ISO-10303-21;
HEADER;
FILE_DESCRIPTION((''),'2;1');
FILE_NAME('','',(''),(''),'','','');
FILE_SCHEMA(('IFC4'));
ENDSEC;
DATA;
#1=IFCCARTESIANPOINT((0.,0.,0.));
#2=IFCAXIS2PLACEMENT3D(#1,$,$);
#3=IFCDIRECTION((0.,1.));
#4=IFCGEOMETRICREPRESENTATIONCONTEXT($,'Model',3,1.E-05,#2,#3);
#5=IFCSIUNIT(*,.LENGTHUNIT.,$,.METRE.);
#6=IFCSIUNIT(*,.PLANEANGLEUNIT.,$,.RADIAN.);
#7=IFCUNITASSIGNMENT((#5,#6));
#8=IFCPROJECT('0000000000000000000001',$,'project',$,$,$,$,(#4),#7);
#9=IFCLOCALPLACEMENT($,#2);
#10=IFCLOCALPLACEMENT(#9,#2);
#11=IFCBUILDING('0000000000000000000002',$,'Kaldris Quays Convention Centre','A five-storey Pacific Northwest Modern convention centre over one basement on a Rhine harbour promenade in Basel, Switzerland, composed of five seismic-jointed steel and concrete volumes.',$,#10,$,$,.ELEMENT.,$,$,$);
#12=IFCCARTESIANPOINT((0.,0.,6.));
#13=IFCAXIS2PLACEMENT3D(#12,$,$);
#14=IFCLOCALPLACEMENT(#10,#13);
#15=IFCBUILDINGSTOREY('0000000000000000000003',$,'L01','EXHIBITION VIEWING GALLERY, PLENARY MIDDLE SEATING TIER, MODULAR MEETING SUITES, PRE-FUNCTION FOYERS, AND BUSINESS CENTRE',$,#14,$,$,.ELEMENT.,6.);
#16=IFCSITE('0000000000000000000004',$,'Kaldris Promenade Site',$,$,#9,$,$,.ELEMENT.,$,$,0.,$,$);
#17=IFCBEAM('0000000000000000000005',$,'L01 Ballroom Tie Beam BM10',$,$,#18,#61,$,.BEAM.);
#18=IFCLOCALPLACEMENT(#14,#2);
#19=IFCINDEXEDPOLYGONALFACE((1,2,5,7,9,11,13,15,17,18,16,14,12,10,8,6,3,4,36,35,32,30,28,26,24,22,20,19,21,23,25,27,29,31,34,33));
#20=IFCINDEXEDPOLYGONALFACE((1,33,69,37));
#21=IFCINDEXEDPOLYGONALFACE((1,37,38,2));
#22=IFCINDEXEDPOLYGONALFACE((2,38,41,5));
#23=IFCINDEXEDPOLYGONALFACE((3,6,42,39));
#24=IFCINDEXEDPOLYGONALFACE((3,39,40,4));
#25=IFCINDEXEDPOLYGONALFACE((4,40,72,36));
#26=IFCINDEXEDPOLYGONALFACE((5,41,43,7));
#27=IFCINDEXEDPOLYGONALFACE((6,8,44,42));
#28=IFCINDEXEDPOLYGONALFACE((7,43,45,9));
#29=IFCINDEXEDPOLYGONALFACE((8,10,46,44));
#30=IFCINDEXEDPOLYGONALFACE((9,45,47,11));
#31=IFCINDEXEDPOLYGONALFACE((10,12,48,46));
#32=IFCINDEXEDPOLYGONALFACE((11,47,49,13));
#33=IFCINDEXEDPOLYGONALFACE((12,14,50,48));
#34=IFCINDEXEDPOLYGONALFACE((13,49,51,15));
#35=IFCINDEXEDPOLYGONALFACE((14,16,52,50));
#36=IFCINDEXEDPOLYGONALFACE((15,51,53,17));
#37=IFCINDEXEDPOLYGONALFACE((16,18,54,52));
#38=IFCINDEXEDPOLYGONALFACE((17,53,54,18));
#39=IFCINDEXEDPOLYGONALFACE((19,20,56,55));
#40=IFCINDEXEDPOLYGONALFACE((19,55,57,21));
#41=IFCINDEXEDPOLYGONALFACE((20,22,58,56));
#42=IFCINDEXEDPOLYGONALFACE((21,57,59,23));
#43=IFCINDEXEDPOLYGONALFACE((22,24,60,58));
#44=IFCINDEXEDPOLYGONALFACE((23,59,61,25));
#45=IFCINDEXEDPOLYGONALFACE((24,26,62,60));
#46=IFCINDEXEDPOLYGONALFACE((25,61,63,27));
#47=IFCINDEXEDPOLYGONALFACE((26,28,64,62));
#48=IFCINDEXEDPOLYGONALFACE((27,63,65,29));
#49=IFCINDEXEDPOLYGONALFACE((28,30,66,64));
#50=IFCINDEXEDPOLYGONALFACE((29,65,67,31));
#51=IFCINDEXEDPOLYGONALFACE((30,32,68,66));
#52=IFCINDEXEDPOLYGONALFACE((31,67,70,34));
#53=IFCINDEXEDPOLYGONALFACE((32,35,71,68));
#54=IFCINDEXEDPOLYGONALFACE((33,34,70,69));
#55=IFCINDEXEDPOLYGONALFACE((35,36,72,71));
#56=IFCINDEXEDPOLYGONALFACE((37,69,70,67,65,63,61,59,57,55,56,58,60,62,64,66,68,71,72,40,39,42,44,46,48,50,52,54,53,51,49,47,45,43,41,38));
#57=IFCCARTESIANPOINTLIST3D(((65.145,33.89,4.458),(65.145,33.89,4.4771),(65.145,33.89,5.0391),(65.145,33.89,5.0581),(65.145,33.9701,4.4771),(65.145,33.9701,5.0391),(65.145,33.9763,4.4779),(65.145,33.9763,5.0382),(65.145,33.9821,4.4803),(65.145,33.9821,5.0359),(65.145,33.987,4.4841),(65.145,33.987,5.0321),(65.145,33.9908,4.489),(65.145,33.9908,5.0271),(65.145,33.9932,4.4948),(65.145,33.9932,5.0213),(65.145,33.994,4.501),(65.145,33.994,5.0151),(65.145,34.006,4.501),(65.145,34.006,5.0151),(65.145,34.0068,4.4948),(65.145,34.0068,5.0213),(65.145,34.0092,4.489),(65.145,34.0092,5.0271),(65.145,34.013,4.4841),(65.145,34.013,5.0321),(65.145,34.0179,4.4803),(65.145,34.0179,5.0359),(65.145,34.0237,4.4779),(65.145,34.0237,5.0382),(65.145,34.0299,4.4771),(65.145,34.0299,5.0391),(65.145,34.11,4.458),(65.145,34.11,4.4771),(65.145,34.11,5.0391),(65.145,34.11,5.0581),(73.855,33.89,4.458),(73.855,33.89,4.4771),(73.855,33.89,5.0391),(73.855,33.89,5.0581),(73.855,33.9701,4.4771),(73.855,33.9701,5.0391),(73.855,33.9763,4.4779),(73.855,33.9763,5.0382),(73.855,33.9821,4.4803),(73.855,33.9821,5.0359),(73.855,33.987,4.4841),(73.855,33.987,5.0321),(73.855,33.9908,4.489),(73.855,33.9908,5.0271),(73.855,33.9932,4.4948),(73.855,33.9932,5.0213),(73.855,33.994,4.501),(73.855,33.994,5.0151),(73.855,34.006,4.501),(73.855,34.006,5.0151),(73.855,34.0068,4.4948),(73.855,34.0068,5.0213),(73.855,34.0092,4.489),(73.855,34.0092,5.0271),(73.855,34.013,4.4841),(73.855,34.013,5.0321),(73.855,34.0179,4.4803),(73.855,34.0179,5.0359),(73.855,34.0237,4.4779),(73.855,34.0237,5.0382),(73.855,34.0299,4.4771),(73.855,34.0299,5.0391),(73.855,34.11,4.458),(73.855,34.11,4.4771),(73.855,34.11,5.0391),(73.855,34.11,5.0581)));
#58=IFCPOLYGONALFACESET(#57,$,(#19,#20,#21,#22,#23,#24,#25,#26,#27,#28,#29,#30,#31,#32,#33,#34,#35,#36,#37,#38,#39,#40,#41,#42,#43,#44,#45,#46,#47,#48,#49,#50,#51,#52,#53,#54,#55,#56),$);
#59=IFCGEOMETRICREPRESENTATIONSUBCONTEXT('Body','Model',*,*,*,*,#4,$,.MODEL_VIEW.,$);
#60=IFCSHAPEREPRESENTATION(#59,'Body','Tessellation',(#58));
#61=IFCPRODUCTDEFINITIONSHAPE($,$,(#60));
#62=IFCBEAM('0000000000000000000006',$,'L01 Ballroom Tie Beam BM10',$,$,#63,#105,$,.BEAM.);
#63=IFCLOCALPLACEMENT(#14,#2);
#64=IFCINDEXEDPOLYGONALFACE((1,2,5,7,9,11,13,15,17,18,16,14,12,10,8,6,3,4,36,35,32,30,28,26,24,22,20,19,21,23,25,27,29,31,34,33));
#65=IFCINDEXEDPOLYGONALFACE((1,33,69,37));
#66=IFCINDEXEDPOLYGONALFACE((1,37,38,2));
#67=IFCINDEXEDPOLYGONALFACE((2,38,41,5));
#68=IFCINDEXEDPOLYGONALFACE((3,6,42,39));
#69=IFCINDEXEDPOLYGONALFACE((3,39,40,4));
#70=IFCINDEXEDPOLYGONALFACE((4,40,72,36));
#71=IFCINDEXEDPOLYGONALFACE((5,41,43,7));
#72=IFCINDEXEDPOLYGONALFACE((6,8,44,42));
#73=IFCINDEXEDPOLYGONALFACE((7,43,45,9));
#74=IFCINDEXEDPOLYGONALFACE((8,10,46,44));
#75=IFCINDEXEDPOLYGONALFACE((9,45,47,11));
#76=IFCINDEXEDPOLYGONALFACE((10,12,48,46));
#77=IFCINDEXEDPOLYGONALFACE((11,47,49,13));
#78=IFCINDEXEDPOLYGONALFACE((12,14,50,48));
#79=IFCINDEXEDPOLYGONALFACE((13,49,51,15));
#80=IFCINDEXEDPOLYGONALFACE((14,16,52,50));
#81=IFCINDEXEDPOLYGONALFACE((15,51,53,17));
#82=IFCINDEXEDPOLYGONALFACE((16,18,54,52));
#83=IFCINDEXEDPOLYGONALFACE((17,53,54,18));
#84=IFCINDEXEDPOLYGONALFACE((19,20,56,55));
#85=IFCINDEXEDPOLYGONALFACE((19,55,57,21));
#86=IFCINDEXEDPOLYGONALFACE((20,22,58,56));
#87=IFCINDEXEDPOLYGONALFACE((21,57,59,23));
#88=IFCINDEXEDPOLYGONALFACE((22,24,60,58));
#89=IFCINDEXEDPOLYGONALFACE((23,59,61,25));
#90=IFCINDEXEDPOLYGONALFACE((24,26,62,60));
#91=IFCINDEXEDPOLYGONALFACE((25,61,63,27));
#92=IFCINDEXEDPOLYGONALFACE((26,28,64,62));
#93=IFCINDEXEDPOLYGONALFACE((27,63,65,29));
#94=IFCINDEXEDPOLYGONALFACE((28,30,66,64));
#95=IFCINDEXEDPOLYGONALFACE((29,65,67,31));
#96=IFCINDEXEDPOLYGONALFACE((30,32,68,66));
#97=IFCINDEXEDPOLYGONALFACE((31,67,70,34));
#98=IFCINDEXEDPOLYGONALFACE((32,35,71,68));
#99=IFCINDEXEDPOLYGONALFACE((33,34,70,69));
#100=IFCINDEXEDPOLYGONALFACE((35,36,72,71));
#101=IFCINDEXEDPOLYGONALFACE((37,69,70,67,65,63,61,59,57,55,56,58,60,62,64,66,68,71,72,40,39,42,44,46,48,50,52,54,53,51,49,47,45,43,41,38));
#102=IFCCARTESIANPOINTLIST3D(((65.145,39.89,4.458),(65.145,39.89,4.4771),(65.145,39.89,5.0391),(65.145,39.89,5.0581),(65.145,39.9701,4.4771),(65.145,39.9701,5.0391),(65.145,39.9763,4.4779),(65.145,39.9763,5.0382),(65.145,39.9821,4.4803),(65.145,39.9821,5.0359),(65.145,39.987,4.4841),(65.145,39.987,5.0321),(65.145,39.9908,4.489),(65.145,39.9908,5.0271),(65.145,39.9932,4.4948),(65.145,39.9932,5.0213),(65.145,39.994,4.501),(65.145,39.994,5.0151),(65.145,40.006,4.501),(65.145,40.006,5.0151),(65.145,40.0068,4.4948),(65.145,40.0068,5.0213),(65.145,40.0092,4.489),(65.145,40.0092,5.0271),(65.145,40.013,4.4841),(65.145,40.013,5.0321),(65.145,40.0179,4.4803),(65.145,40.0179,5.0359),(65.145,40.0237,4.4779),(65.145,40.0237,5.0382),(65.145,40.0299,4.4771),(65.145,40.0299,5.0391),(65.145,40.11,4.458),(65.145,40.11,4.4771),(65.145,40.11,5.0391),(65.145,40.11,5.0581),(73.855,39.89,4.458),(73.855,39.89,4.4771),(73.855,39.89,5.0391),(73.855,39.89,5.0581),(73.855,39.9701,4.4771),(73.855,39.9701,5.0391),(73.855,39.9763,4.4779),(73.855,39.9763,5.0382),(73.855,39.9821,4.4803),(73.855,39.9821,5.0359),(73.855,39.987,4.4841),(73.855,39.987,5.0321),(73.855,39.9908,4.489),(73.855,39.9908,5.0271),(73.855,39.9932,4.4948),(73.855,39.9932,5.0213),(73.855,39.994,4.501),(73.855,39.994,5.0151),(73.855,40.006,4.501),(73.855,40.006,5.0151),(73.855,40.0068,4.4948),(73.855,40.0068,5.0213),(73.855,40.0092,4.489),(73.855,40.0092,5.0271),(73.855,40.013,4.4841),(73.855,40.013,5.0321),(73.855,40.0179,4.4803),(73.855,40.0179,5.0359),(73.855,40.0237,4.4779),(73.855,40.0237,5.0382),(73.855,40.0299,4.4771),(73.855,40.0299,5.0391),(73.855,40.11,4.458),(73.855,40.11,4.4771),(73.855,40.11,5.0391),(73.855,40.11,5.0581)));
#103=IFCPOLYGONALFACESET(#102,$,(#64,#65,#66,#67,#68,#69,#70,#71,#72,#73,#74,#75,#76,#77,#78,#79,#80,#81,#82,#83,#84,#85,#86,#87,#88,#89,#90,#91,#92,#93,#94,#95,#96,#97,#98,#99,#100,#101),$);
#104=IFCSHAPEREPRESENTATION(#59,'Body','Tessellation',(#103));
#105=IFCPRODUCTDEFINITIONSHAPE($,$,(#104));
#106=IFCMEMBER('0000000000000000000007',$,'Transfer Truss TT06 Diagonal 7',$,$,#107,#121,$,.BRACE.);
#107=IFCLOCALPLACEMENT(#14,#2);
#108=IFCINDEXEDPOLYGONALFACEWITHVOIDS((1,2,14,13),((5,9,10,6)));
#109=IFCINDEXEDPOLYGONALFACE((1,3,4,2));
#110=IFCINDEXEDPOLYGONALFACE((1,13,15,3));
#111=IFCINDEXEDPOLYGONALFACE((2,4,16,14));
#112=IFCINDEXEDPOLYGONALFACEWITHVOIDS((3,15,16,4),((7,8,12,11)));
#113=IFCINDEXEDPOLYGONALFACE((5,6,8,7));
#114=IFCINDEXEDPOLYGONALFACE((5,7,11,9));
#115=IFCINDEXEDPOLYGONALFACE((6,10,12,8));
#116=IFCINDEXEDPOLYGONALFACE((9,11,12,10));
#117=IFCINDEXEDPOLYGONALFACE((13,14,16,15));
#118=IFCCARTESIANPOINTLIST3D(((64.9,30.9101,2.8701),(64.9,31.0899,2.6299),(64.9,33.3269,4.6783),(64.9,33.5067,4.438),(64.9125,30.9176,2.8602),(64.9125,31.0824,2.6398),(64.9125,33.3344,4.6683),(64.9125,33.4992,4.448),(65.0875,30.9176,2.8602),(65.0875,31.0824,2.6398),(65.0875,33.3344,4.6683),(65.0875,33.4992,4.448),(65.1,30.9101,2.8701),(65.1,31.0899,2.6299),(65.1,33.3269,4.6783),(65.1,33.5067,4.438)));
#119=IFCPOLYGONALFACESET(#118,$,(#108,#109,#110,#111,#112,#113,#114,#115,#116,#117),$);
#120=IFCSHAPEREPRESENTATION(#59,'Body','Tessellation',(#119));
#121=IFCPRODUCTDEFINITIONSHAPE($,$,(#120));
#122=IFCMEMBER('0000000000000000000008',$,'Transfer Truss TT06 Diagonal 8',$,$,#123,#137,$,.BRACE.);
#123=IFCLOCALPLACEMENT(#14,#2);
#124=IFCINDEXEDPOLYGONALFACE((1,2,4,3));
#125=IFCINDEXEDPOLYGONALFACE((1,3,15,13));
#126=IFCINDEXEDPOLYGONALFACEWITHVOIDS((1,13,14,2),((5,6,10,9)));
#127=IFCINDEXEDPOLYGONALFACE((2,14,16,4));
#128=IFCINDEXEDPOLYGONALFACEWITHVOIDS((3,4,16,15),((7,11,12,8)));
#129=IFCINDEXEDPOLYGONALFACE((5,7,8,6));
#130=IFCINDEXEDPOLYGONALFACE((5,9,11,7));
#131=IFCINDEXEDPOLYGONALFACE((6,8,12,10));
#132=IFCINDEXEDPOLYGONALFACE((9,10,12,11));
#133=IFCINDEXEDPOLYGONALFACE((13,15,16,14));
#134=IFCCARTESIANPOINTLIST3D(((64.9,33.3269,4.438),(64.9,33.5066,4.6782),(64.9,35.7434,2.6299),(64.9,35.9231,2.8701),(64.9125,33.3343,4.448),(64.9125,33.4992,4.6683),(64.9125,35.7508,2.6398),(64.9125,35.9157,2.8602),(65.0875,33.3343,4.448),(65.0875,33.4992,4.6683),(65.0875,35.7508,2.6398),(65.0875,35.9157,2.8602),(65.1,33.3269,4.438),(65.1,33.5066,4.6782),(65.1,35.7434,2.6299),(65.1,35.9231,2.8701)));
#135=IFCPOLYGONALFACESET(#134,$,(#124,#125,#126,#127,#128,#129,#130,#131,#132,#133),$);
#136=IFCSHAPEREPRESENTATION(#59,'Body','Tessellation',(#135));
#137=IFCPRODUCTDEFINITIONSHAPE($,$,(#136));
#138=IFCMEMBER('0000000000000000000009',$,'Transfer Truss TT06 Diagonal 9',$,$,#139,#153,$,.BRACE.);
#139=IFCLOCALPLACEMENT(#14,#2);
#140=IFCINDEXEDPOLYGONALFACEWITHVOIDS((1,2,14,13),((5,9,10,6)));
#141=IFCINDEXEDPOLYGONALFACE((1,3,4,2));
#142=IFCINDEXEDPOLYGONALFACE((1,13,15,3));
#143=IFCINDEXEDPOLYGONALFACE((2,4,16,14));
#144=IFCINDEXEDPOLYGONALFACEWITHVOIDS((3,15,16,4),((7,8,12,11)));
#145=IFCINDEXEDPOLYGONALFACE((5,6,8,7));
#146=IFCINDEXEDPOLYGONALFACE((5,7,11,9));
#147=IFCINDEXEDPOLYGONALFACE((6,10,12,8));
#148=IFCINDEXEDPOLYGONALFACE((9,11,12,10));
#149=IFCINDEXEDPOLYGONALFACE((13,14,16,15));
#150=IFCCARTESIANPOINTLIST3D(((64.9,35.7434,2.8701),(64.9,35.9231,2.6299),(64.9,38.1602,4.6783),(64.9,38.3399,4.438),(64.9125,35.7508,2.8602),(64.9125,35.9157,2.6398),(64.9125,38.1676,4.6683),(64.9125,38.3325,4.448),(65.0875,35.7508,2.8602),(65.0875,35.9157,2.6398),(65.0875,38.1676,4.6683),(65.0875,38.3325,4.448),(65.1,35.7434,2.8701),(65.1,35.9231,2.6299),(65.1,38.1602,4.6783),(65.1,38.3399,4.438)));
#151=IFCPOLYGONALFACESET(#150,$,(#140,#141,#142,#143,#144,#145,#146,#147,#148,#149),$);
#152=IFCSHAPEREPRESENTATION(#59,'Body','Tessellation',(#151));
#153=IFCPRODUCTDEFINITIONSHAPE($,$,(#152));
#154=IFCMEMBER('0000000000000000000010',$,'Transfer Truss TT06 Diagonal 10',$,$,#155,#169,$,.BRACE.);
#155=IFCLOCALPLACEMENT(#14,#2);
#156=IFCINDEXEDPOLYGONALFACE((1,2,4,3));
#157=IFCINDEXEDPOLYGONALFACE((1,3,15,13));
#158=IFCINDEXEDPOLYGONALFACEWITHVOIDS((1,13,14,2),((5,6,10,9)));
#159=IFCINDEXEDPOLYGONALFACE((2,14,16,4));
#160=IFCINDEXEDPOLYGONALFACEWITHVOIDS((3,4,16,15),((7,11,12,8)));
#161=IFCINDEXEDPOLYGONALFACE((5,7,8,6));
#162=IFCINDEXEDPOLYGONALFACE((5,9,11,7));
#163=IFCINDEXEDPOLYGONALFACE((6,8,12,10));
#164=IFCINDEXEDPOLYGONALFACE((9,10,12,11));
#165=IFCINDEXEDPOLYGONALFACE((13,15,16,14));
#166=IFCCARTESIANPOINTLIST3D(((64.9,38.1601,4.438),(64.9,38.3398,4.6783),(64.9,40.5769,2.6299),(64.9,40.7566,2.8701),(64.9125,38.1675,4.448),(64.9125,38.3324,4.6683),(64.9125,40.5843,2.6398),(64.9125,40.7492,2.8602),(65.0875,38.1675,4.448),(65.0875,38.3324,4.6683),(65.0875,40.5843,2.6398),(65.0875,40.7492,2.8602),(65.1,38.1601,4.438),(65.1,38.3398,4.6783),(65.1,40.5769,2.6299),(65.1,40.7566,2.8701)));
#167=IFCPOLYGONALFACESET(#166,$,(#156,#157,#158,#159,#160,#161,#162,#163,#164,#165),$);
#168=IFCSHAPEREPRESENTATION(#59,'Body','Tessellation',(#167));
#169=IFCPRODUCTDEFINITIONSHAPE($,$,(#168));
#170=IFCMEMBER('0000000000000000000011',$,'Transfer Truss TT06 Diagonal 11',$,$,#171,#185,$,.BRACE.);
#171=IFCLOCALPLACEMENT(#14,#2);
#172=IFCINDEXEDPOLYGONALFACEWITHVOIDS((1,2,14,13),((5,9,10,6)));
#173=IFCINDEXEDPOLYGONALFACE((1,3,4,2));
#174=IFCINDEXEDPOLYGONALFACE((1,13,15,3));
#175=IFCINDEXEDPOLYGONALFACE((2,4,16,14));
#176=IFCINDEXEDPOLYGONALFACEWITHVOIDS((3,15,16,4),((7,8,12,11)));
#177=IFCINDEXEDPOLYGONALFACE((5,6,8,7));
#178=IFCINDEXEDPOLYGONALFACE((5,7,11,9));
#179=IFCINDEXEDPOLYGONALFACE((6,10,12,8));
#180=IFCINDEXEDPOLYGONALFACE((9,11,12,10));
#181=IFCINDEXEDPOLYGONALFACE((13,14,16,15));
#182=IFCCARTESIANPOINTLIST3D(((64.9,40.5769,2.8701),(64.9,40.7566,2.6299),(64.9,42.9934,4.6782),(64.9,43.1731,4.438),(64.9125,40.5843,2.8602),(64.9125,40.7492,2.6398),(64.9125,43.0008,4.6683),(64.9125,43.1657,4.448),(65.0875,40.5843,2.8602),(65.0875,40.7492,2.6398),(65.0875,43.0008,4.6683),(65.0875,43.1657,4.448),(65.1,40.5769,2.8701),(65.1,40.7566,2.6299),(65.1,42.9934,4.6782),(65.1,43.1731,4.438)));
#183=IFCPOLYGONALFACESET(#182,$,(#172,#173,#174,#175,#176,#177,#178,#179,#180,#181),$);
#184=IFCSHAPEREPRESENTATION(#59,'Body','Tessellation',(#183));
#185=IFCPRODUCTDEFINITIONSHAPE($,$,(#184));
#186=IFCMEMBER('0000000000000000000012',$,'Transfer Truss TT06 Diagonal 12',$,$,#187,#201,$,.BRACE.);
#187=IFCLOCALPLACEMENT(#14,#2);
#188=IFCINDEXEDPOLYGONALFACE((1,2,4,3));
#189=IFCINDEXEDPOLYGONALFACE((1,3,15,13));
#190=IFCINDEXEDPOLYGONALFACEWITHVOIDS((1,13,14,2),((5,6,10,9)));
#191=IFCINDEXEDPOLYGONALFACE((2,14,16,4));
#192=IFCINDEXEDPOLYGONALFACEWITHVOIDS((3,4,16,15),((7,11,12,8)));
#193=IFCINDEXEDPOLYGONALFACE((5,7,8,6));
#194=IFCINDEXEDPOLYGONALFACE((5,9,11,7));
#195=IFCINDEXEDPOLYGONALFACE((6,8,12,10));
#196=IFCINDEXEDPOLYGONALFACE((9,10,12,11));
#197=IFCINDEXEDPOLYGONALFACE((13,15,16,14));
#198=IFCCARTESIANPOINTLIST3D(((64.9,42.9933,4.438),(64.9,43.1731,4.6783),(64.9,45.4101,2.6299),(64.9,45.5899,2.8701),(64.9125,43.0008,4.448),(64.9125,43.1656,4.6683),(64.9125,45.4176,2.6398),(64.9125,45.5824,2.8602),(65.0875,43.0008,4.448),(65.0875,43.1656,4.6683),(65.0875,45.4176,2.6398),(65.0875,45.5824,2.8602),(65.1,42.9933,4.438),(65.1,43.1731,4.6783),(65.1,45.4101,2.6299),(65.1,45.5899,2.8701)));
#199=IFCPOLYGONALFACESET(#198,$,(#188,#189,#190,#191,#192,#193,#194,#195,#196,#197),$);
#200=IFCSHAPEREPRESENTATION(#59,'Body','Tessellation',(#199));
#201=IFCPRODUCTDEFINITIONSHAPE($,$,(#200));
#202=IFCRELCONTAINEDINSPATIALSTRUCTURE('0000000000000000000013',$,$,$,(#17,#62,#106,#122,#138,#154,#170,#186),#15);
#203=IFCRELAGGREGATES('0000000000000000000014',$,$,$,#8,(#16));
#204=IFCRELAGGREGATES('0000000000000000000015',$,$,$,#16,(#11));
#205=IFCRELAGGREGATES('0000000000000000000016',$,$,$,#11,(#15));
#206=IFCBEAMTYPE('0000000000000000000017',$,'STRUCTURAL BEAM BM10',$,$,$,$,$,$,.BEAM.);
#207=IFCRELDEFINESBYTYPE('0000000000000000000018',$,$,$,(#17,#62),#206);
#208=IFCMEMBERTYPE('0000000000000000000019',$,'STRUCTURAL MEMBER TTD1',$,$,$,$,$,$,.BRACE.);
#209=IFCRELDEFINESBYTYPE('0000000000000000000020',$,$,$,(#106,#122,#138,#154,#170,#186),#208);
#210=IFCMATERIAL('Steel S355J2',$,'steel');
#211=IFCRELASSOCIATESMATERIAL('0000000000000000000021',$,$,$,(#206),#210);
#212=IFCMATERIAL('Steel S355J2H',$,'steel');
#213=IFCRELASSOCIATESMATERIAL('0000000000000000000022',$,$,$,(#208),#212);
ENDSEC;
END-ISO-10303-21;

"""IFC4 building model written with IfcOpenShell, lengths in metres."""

from ifc_helpers import new_model, si_unit, direction, frame, origin, origin_2d, place, context, subcontext, project, spatial, hollow_rectangle, i_section, extrude, material, material_profile, profile_set, type_object, element, save


model = new_model("IFC4")

# Units and contexts
model_context = context("Model", 3, precision=1e-05, world=origin(), true_north=direction((0.0, 1.0)))
body_context = subcontext(model_context, "Body", "Model", "MODEL_VIEW")
ifc_project = project(units=[si_unit("LENGTHUNIT", "METRE"), si_unit("PLANEANGLEUNIT", "RADIAN")], contexts=[model_context])

# Site, building, storey
site_placement = place(None, origin())
site = spatial("IfcSite", under=ifc_project, at=site_placement, Name="Kaldris Promenade Site", CompositionType="ELEMENT", RefElevation=0.0)
building_placement = place(site_placement, origin())
building = spatial("IfcBuilding", under=site, at=building_placement, Name="Kaldris Quays Convention Centre", Description="A five-storey Pacific Northwest Modern convention centre over one basement on a Rhine harbour promenade in Basel, Switzerland, composed of five seismic-jointed steel and concrete volumes.", CompositionType="ELEMENT")
storey_placement = place(building_placement, frame((0.0, 0.0, 6.0)))
storey = spatial("IfcBuildingStorey", under=building, at=storey_placement, Name="L01", Description="EXHIBITION VIEWING GALLERY, PLENARY MIDDLE SEATING TIER, MODULAR MEETING SUITES, PRE-FUNCTION FOYERS, AND BUSINESS CENTRE", CompositionType="ELEMENT", Elevation=6.0)

# Beams
ifc_material_1 = material(Name="Steel S355J2", Category="steel")
ifc_material_profile_1 = material_profile(ifc_material_1, i_section(OverallWidth=0.22, OverallDepth=0.6001, WebThickness=0.012, FlangeThickness=0.019, FilletRadius=0.0239, at=origin_2d()), Name="IPE 600")
ifc_profile_set_1 = profile_set([ifc_material_profile_1], Name="Steel S355J2")
beam_type = type_object("IfcBeamType", Name="STRUCTURAL BEAM BM10", PredefinedType="BEAM", material=ifc_profile_set_1)
for number, where, z_axis, x_axis, name in (
    (1, (65.145, 34.0, 4.7581), (1.0, 0.0, 0.0), (0.0, 1.0, 0.0), "L01 Ballroom Tie Beam BM10"),
    (2, (65.145, 40.0, 4.7581), (1.0, 0.0, 0.0), (0.0, 1.0, 0.0), "L01 Ballroom Tie Beam BM10"),
):
    element("IfcBeam", number, at=place(storey_placement, frame(where, z_axis=z_axis, x_axis=x_axis)), inside=storey, type_object=beam_type, Name=name, PredefinedType="BEAM", context=body_context, shape_type="SweptSolid", body=[
        extrude(i_section(OverallWidth=0.22, OverallDepth=0.6001, WebThickness=0.012, FlangeThickness=0.019, FilletRadius=0.0239, at=origin_2d()), origin(), (0.0, 0.0, 1.0), 8.71),
    ])

# Members
ifc_material_2 = material(Name="Steel S355J2H", Category="steel")
ifc_material_profile_2 = material_profile(ifc_material_2, hollow_rectangle(XDim=0.2, YDim=0.3, WallThickness=0.0125, at=origin_2d()), Name="RHS 300x200x12.5")
ifc_profile_set_2 = profile_set([ifc_material_profile_2], Name="Steel S355J2H")
member_type_1 = type_object("IfcMemberType", Name="STRUCTURAL MEMBER TTD1", PredefinedType="BRACE", material=ifc_profile_set_2)
member_1_placement = place(storey_placement, frame((65.0, 31.0, 2.75), z_axis=(0.0, 0.800708, 0.599055), x_axis=(-1.0, 0.0, 0.0)))
element("IfcMember", 3, at=member_1_placement, inside=storey, type_object=member_type_1, Name="Transfer Truss TT06 Diagonal 7", PredefinedType="BRACE", context=body_context, shape_type="SweptSolid", body=[
    extrude(hollow_rectangle(XDim=0.2, YDim=0.3, WallThickness=0.0125, at=origin_2d()), origin(), (0.0, 0.0, 1.0), 3.0183),
])
member_2_placement = place(storey_placement, frame((65.0, 35.8333, 2.75), z_axis=(0.0, -0.800679, 0.599094), x_axis=(1.0, 0.0, 0.0)))
element("IfcMember", 4, at=member_2_placement, inside=storey, type_object=member_type_1, Name="Transfer Truss TT06 Diagonal 8", PredefinedType="BRACE", context=body_context, shape_type="SweptSolid", body=[
    extrude(hollow_rectangle(XDim=0.2, YDim=0.3, WallThickness=0.0125, at=origin_2d()), origin(), (0.0, 0.0, 1.0), 3.0181),
])
for number, where, z_axis, x_axis, name in (
    (5, (65.0, 35.8333, 2.75), (0.0, 0.800708, 0.599055), (-1.0, 0.0, 0.0), "Transfer Truss TT06 Diagonal 9"),
    (6, (65.0, 40.6667, 2.75), (0.0, -0.800708, 0.599055), (1.0, 0.0, 0.0), "Transfer Truss TT06 Diagonal 10"),
):
    element("IfcMember", number, at=place(storey_placement, frame(where, z_axis=z_axis, x_axis=x_axis)), inside=storey, type_object=member_type_1, Name=name, PredefinedType="BRACE", context=body_context, shape_type="SweptSolid", body=[
        extrude(hollow_rectangle(XDim=0.2, YDim=0.3, WallThickness=0.0125, at=origin_2d()), origin(), (0.0, 0.0, 1.0), 3.0183),
    ])
member_3_placement = place(storey_placement, frame((65.0, 40.6667, 2.75), z_axis=(0.0, 0.800679, 0.599094), x_axis=(-1.0, 0.0, 0.0)))
element("IfcMember", 7, at=member_3_placement, inside=storey, type_object=member_type_1, Name="Transfer Truss TT06 Diagonal 11", PredefinedType="BRACE", context=body_context, shape_type="SweptSolid", body=[
    extrude(hollow_rectangle(XDim=0.2, YDim=0.3, WallThickness=0.0125, at=origin_2d()), origin(), (0.0, 0.0, 1.0), 3.0181),
])
member_4_placement = place(storey_placement, frame((65.0, 45.5, 2.75), z_axis=(0.0, -0.800708, 0.599055), x_axis=(1.0, 0.0, 0.0)))
element("IfcMember", 8, at=member_4_placement, inside=storey, type_object=member_type_1, Name="Transfer Truss TT06 Diagonal 12", PredefinedType="BRACE", context=body_context, shape_type="SweptSolid", body=[
    extrude(hollow_rectangle(XDim=0.2, YDim=0.3, WallThickness=0.0125, at=origin_2d()), origin(), (0.0, 0.0, 1.0), 3.0183),
])

save(model, "model.ifc")
